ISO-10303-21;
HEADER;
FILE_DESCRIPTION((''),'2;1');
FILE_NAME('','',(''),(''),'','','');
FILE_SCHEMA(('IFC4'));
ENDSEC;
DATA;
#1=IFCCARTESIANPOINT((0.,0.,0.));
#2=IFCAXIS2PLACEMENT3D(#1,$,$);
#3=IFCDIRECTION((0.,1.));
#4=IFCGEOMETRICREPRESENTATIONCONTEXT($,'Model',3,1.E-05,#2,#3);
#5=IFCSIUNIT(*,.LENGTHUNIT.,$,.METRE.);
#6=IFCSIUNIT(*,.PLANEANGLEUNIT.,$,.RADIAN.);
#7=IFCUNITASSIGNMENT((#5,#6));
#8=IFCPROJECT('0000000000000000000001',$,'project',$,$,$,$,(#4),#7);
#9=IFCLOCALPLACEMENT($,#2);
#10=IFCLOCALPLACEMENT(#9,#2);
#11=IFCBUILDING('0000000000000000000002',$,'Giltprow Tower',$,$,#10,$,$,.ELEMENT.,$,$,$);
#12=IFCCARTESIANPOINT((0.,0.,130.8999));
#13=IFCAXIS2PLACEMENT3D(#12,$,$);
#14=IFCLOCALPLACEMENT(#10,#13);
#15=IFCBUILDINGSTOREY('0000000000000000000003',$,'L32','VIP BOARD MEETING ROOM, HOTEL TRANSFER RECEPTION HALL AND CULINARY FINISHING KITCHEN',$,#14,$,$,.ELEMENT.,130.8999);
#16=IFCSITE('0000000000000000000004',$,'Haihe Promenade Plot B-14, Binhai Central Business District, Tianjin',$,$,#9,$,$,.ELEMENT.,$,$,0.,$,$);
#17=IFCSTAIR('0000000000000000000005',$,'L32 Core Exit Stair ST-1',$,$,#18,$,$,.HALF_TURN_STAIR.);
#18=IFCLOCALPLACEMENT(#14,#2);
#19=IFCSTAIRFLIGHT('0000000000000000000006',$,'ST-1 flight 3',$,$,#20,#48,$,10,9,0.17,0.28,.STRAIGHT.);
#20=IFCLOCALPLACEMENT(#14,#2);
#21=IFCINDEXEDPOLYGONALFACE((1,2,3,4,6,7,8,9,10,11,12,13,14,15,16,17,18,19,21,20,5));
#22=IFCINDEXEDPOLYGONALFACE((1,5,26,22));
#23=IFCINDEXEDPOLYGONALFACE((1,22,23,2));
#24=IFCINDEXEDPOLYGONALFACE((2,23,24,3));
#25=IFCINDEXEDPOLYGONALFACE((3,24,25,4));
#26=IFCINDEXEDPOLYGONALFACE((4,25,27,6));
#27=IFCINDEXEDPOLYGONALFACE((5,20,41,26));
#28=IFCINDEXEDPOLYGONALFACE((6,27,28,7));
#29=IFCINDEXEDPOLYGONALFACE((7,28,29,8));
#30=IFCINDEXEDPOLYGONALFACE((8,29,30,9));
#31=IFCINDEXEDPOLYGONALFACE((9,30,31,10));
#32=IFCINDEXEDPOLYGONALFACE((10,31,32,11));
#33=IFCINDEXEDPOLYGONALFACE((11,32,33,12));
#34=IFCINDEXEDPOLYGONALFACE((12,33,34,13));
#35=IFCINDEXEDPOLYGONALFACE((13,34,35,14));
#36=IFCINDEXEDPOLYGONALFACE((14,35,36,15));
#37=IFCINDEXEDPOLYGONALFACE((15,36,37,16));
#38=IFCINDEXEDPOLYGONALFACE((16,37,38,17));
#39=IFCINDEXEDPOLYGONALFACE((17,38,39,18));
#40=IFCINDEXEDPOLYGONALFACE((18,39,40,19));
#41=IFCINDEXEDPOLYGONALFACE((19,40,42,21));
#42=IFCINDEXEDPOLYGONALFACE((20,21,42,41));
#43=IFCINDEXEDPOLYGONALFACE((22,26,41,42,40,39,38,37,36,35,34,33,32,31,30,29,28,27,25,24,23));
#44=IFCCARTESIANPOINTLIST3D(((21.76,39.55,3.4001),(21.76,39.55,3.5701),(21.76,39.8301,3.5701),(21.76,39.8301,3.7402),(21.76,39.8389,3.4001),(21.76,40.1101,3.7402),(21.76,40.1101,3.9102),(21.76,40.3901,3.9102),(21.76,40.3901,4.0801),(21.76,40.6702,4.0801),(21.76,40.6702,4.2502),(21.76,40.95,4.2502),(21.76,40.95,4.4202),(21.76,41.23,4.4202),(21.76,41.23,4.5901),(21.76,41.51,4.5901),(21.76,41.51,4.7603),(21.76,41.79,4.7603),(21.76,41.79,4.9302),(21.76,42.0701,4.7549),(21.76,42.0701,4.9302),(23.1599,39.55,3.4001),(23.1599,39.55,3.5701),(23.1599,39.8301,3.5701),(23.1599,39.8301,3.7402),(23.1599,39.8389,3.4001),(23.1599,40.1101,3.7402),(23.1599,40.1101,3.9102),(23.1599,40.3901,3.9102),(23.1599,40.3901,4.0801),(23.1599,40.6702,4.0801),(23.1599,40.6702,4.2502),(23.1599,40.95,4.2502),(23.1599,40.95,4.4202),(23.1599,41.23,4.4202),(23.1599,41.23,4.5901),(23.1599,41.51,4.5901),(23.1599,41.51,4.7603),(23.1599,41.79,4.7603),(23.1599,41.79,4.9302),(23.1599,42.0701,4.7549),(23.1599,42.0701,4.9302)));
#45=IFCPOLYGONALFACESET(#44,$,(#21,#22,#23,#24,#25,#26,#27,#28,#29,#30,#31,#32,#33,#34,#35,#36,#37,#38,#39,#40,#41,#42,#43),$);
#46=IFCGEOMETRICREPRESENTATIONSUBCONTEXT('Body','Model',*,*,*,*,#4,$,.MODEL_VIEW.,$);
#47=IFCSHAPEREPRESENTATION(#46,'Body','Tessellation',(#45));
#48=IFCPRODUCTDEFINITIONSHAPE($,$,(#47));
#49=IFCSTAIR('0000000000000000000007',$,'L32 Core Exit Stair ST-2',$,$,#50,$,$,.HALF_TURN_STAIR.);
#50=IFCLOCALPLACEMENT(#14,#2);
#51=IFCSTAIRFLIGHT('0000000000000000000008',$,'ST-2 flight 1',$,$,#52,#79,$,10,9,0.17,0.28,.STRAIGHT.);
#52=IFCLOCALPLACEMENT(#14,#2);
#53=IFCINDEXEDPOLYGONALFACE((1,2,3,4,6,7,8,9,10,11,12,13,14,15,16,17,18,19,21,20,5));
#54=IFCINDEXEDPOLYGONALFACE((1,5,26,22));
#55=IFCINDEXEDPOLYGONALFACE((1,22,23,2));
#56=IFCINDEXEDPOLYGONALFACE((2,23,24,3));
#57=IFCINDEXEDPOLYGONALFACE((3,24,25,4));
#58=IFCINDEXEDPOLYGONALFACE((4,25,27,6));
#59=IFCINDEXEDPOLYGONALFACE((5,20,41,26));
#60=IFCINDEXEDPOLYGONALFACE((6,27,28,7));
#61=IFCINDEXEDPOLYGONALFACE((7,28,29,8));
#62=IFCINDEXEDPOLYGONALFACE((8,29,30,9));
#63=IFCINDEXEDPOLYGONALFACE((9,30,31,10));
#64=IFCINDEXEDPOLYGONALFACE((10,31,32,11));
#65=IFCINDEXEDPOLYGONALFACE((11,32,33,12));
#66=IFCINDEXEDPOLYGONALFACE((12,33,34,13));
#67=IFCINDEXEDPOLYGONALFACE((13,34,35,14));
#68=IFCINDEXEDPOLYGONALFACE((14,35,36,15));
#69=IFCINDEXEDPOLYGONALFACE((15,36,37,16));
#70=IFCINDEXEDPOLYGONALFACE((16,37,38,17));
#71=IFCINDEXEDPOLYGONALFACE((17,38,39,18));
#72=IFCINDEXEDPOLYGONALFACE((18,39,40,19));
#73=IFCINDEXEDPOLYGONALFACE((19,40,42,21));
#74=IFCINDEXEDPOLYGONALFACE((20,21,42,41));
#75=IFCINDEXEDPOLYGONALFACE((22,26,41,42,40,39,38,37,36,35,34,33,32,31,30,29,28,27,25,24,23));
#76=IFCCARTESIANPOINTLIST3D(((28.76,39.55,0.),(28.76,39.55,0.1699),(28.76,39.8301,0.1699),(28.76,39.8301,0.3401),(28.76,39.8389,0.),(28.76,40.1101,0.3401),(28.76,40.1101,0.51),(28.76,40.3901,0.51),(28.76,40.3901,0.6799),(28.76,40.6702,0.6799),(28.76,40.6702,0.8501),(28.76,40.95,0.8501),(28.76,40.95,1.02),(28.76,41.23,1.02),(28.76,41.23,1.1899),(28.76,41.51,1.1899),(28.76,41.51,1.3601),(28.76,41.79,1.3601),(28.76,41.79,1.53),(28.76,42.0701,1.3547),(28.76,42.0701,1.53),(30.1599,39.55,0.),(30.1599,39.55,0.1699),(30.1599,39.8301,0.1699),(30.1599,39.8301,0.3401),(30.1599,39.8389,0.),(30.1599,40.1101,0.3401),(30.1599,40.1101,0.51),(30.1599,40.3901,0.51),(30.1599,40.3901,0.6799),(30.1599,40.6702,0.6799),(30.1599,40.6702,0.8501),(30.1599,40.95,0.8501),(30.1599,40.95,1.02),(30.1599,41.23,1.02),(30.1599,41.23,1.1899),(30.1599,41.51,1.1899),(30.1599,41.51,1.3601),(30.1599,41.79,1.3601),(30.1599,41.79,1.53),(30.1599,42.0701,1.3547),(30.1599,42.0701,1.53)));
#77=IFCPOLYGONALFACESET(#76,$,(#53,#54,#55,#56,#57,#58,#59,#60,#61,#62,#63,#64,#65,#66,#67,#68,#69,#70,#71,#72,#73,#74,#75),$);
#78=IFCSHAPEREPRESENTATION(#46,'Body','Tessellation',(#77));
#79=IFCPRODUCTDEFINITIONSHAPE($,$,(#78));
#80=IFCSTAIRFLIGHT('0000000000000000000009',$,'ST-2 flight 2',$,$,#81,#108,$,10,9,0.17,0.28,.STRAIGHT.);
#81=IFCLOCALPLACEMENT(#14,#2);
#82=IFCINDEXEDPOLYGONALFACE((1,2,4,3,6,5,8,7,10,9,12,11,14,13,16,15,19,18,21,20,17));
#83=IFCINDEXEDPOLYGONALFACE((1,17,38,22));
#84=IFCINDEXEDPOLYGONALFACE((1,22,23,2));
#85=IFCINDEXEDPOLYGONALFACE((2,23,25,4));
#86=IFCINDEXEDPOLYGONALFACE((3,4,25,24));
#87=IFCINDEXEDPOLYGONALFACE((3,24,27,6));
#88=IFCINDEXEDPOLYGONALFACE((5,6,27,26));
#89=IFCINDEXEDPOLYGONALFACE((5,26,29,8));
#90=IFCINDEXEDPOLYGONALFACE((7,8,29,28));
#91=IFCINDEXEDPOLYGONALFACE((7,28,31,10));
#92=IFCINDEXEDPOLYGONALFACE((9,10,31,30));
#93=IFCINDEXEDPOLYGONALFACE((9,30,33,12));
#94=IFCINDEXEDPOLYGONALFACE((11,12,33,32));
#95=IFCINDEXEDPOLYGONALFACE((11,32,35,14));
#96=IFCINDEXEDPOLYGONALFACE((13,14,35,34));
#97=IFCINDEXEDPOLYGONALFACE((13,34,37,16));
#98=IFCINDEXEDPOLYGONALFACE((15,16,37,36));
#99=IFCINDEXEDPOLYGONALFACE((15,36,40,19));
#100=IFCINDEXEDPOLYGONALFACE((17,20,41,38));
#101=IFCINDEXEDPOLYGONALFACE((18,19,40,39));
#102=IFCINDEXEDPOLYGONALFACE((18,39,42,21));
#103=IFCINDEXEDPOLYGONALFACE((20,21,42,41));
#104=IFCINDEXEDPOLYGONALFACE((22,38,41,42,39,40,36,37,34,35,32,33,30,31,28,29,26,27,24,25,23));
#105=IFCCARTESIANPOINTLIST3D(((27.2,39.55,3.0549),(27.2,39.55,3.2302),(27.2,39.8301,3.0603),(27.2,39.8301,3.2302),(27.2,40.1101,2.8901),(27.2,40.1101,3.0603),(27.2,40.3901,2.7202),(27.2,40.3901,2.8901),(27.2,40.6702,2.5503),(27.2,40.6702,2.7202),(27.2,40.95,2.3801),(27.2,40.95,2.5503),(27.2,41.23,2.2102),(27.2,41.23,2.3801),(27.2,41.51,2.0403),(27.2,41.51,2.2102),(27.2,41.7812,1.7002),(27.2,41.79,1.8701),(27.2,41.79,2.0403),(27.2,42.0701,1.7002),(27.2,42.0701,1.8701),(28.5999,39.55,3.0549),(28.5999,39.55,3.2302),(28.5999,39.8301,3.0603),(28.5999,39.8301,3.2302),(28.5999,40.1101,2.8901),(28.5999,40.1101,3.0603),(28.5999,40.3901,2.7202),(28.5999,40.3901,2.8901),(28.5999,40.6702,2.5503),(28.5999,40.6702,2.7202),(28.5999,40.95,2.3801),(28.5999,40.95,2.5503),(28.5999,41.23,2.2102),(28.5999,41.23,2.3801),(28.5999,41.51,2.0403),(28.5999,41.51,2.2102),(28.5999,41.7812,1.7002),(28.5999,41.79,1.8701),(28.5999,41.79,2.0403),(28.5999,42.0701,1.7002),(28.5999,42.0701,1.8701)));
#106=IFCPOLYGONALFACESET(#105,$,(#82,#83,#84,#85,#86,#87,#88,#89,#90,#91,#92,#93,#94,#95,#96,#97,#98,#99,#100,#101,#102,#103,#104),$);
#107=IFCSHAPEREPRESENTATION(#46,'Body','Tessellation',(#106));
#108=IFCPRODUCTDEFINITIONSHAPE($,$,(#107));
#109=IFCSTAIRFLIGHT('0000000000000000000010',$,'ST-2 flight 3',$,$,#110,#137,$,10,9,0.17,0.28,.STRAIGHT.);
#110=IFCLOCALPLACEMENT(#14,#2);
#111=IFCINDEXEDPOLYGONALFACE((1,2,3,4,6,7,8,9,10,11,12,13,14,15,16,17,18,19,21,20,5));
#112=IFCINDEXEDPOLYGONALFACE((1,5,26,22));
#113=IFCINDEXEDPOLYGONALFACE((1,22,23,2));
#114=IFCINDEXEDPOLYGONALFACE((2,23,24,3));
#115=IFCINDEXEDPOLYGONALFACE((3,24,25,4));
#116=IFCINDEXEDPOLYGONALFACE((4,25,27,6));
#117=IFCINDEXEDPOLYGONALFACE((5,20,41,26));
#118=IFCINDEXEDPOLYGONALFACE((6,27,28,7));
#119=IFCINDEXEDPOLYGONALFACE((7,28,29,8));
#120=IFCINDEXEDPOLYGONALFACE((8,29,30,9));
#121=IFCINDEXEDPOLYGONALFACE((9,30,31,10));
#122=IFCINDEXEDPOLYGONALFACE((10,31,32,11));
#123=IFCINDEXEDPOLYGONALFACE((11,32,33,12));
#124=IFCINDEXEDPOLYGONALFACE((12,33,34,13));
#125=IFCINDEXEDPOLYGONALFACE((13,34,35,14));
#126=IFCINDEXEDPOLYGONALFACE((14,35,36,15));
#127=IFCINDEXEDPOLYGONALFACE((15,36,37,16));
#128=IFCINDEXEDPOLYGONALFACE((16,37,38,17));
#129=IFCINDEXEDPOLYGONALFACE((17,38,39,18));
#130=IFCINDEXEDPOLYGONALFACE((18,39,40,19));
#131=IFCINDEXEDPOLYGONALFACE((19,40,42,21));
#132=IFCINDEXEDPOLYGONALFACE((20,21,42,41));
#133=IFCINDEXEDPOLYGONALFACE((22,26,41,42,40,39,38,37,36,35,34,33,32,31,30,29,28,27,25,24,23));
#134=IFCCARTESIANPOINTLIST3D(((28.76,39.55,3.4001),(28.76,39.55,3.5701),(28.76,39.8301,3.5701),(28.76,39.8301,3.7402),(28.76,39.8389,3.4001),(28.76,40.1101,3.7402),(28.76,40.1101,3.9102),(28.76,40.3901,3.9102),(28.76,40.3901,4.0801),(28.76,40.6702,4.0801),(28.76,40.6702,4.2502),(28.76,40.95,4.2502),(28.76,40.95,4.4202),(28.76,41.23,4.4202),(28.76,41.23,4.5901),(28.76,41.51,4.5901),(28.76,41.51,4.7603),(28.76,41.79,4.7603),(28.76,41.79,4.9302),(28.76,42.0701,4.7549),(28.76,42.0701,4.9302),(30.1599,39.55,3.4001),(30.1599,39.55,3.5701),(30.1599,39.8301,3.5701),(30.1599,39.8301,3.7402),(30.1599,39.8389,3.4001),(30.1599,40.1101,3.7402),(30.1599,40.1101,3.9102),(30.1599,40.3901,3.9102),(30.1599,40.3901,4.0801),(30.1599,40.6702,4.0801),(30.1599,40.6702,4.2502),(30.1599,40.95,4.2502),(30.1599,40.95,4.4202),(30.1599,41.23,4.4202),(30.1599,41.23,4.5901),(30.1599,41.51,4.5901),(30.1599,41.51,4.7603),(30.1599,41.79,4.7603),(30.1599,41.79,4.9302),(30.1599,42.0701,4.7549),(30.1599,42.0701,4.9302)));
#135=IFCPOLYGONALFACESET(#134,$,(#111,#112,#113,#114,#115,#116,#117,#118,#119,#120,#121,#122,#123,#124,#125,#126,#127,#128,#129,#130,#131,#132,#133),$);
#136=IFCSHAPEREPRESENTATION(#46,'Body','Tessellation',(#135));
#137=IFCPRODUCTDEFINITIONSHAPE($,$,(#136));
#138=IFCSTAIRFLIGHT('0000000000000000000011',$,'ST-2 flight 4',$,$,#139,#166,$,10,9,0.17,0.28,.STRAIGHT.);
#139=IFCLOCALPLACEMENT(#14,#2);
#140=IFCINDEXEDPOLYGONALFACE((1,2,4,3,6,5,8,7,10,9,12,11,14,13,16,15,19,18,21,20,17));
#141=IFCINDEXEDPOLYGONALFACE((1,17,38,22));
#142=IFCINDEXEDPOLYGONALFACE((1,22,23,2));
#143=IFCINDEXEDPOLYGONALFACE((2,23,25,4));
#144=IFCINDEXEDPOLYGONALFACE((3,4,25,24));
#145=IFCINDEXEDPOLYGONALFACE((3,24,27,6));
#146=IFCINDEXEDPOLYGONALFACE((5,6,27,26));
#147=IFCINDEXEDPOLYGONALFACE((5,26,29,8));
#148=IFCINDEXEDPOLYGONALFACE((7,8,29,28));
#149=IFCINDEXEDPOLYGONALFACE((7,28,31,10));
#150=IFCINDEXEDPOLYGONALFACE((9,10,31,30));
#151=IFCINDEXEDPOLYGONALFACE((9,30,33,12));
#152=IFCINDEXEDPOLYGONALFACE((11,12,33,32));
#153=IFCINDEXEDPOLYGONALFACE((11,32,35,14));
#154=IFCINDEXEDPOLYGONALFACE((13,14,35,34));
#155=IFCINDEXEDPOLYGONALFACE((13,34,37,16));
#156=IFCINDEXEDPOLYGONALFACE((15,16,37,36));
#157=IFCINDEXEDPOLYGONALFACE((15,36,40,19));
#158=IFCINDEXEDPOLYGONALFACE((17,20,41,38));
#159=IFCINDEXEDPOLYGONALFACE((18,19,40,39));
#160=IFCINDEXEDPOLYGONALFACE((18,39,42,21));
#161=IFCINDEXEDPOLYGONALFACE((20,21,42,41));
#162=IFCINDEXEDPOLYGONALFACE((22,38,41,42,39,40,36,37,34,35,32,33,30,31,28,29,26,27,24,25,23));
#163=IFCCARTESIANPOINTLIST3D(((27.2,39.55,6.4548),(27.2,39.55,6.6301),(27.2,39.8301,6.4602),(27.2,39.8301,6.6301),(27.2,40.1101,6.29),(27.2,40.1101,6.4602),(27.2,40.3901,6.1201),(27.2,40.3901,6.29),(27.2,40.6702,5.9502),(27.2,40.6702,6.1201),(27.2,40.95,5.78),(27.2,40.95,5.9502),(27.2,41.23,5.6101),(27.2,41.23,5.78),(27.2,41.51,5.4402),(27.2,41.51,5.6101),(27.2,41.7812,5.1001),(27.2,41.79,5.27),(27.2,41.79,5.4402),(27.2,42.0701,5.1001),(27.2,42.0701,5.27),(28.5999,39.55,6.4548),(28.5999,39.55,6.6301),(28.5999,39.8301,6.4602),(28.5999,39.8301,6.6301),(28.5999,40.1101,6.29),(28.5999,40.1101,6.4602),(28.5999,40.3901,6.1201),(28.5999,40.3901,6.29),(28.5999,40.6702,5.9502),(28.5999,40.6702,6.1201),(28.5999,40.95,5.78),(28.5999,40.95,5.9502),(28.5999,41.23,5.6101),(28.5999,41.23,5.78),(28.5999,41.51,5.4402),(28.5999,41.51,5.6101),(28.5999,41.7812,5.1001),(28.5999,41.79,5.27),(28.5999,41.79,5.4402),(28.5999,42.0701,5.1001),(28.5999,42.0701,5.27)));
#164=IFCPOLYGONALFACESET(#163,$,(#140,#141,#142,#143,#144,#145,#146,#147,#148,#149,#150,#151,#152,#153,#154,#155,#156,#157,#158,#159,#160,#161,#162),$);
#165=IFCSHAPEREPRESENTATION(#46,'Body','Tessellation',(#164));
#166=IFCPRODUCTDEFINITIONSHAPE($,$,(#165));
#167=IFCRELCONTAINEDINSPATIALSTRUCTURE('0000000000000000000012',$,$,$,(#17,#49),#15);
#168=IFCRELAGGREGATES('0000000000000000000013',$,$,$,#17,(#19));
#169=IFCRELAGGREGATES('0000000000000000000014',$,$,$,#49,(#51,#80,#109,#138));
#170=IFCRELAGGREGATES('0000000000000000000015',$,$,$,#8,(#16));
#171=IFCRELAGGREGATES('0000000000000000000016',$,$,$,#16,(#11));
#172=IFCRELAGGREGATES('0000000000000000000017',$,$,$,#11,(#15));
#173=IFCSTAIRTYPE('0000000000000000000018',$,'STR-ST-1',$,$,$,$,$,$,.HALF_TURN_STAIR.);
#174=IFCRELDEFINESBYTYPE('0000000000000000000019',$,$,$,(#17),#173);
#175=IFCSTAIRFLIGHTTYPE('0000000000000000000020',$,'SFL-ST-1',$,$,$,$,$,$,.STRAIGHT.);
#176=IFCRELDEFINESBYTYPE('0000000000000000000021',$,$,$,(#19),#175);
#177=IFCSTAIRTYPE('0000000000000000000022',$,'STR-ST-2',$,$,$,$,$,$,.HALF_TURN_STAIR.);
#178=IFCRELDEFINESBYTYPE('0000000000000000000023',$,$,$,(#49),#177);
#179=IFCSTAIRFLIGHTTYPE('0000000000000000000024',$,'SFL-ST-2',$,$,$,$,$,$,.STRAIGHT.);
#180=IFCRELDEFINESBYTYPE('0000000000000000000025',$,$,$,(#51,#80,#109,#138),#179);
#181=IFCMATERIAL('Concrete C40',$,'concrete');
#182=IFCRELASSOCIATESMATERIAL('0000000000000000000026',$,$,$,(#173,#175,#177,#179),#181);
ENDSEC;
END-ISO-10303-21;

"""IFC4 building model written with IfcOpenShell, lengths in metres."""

from ifc_helpers import new_model, si_unit, direction, frame, origin, place, context, subcontext, project, spatial, polyline, outline, extrude, material, type_object, element, aggregate, save


model = new_model("IFC4")

# Units and contexts
model_context = context("Model", 3, precision=1e-05, world=origin(), true_north=direction((0.0, 1.0)))
body_context = subcontext(model_context, "Body", "Model", "MODEL_VIEW")
ifc_project = project(units=[si_unit("LENGTHUNIT", "METRE"), si_unit("PLANEANGLEUNIT", "RADIAN")], contexts=[model_context])

# Site, building, storey
site_placement = place(None, origin())
site = spatial("IfcSite", under=ifc_project, at=site_placement, Name="Haihe Promenade Plot B-14, Binhai Central Business District, Tianjin", CompositionType="ELEMENT", RefElevation=0.0)
building_placement = place(site_placement, origin())
building = spatial("IfcBuilding", under=site, at=building_placement, Name="Giltprow Tower", CompositionType="ELEMENT")
storey_placement = place(building_placement, frame((0.0, 0.0, 130.8999)))
storey = spatial("IfcBuildingStorey", under=building, at=storey_placement, Name="L32", Description="VIP BOARD MEETING ROOM, HOTEL TRANSFER RECEPTION HALL AND CULINARY FINISHING KITCHEN", CompositionType="ELEMENT", Elevation=130.8999)

# Shared definitions
ifc_material_1 = material(Name="Concrete C40", Category="concrete")

# Stairs, stair flights
stair_type_1 = type_object("IfcStairType", Name="STR-ST-1", PredefinedType="HALF_TURN_STAIR", material=ifc_material_1)
stair_1_placement = place(storey_placement, origin())
stair_1 = element("IfcStair", 1, at=stair_1_placement, inside=storey, type_object=stair_type_1, Name="L32 Core Exit Stair ST-1", PredefinedType="HALF_TURN_STAIR")
stair_flight_type_1 = type_object("IfcStairFlightType", Name="SFL-ST-1", PredefinedType="STRAIGHT", material=ifc_material_1)
stair_flight_1_placement = place(storey_placement, frame((22.46, 39.55, 3.4001), z_axis=(0.0, 0.0, 1.0), x_axis=(0.0, 1.0, 0.0)))
stair_flight_1 = element("IfcStairFlight", 2, at=stair_flight_1_placement, type_object=stair_flight_type_1, Name="ST-1 flight 3", NumberOfRisers=10, NumberOfTreads=9, PredefinedType="STRAIGHT", RiserHeight=0.17, TreadLength=0.28, context=body_context, shape_type="SweptSolid", body=[
    extrude(outline(polyline([(0.0, 0.0), (0.0, 0.1699), (0.28, 0.1699), (0.28, 0.3401), (0.5601, 0.3401), (0.5601, 0.51), (0.8401, 0.51), (0.8401, 0.6799), (1.1201, 0.6799), (1.1201, 0.8501), (1.3999, 0.8501), (1.3999, 1.02), (1.6799, 1.02), (1.6799, 1.1899), (1.96, 1.1899), (1.96, 1.3601), (2.24, 1.3601), (2.24, 1.53), (2.52, 1.53), (2.52, 1.7), (2.52, 1.3547), (0.2888, 0.0), (0.0, 0.0)])), frame((0.0, 0.7, 0.0), z_axis=(0.0, -1.0, 0.0), x_axis=(1.0, 0.0, 0.0)), (0.0, 0.0, 1.0), 1.3999),
])
aggregate(stair_1, [stair_flight_1])
stair_type_2 = type_object("IfcStairType", Name="STR-ST-2", PredefinedType="HALF_TURN_STAIR", material=ifc_material_1)
stair_2_placement = place(storey_placement, origin())
stair_2 = element("IfcStair", 3, at=stair_2_placement, inside=storey, type_object=stair_type_2, Name="L32 Core Exit Stair ST-2", PredefinedType="HALF_TURN_STAIR")
stair_flight_type_2 = type_object("IfcStairFlightType", Name="SFL-ST-2", PredefinedType="STRAIGHT", material=ifc_material_1)
stair_flight_2_placement = place(storey_placement, frame((29.46, 39.55, 0.0), z_axis=(0.0, 0.0, 1.0), x_axis=(0.0, 1.0, 0.0)))
stair_flight_2 = element("IfcStairFlight", 4, at=stair_flight_2_placement, type_object=stair_flight_type_2, Name="ST-2 flight 1", NumberOfRisers=10, NumberOfTreads=9, PredefinedType="STRAIGHT", RiserHeight=0.17, TreadLength=0.28, context=body_context, shape_type="SweptSolid", body=[
    extrude(outline(polyline([(0.0, 0.0), (0.0, 0.1699), (0.28, 0.1699), (0.28, 0.3401), (0.5601, 0.3401), (0.5601, 0.51), (0.8401, 0.51), (0.8401, 0.6799), (1.1201, 0.6799), (1.1201, 0.8501), (1.3999, 0.8501), (1.3999, 1.02), (1.6799, 1.02), (1.6799, 1.1899), (1.96, 1.1899), (1.96, 1.3601), (2.24, 1.3601), (2.24, 1.53), (2.52, 1.53), (2.52, 1.7), (2.52, 1.3547), (0.2888, 0.0), (0.0, 0.0)])), frame((0.0, 0.7, 0.0), z_axis=(0.0, -1.0, 0.0), x_axis=(1.0, 0.0, 0.0)), (0.0, 0.0, 1.0), 1.3999),
])
stair_flight_3_placement = place(storey_placement, frame((27.8999, 42.0701, 1.7002), z_axis=(0.0, 0.0, 1.0), x_axis=(0.0, -1.0, 0.0)))
stair_flight_3 = element("IfcStairFlight", 5, at=stair_flight_3_placement, type_object=stair_flight_type_2, Name="ST-2 flight 2", NumberOfRisers=10, NumberOfTreads=9, PredefinedType="STRAIGHT", RiserHeight=0.17, TreadLength=0.28, context=body_context, shape_type="SweptSolid", body=[
    extrude(outline(polyline([(0.0, 0.0), (0.0, 0.1699), (0.28, 0.1699), (0.28, 0.3401), (0.5601, 0.3401), (0.5601, 0.51), (0.8401, 0.51), (0.8401, 0.6799), (1.1201, 0.6799), (1.1201, 0.8501), (1.3999, 0.8501), (1.3999, 1.02), (1.6799, 1.02), (1.6799, 1.1899), (1.96, 1.1899), (1.96, 1.3601), (2.24, 1.3601), (2.24, 1.53), (2.52, 1.53), (2.52, 1.7), (2.52, 1.3547), (0.2888, 0.0), (0.0, 0.0)])), frame((0.0, 0.7, 0.0), z_axis=(0.0, -1.0, 0.0), x_axis=(1.0, 0.0, 0.0)), (0.0, 0.0, 1.0), 1.3999),
])
stair_flight_4_placement = place(storey_placement, frame((29.46, 39.55, 3.4001), z_axis=(0.0, 0.0, 1.0), x_axis=(0.0, 1.0, 0.0)))
stair_flight_4 = element("IfcStairFlight", 6, at=stair_flight_4_placement, type_object=stair_flight_type_2, Name="ST-2 flight 3", NumberOfRisers=10, NumberOfTreads=9, PredefinedType="STRAIGHT", RiserHeight=0.17, TreadLength=0.28, context=body_context, shape_type="SweptSolid", body=[
    extrude(outline(polyline([(0.0, 0.0), (0.0, 0.1699), (0.28, 0.1699), (0.28, 0.3401), (0.5601, 0.3401), (0.5601, 0.51), (0.8401, 0.51), (0.8401, 0.6799), (1.1201, 0.6799), (1.1201, 0.8501), (1.3999, 0.8501), (1.3999, 1.02), (1.6799, 1.02), (1.6799, 1.1899), (1.96, 1.1899), (1.96, 1.3601), (2.24, 1.3601), (2.24, 1.53), (2.52, 1.53), (2.52, 1.7), (2.52, 1.3547), (0.2888, 0.0), (0.0, 0.0)])), frame((0.0, 0.7, 0.0), z_axis=(0.0, -1.0, 0.0), x_axis=(1.0, 0.0, 0.0)), (0.0, 0.0, 1.0), 1.3999),
])
stair_flight_5_placement = place(storey_placement, frame((27.8999, 42.0701, 5.1001), z_axis=(0.0, 0.0, 1.0), x_axis=(0.0, -1.0, 0.0)))
stair_flight_5 = element("IfcStairFlight", 7, at=stair_flight_5_placement, type_object=stair_flight_type_2, Name="ST-2 flight 4", NumberOfRisers=10, NumberOfTreads=9, PredefinedType="STRAIGHT", RiserHeight=0.17, TreadLength=0.28, context=body_context, shape_type="SweptSolid", body=[
    extrude(outline(polyline([(0.0, 0.0), (0.0, 0.1699), (0.28, 0.1699), (0.28, 0.3401), (0.5601, 0.3401), (0.5601, 0.51), (0.8401, 0.51), (0.8401, 0.6799), (1.1201, 0.6799), (1.1201, 0.8501), (1.3999, 0.8501), (1.3999, 1.02), (1.6799, 1.02), (1.6799, 1.1899), (1.96, 1.1899), (1.96, 1.3601), (2.24, 1.3601), (2.24, 1.53), (2.52, 1.53), (2.52, 1.7), (2.52, 1.3547), (0.2888, 0.0), (0.0, 0.0)])), frame((0.0, 0.7, 0.0), z_axis=(0.0, -1.0, 0.0), x_axis=(1.0, 0.0, 0.0)), (0.0, 0.0, 1.0), 1.3999),
])
aggregate(stair_2, [stair_flight_2, stair_flight_3, stair_flight_4, stair_flight_5])

save(model, "model.ifc")
